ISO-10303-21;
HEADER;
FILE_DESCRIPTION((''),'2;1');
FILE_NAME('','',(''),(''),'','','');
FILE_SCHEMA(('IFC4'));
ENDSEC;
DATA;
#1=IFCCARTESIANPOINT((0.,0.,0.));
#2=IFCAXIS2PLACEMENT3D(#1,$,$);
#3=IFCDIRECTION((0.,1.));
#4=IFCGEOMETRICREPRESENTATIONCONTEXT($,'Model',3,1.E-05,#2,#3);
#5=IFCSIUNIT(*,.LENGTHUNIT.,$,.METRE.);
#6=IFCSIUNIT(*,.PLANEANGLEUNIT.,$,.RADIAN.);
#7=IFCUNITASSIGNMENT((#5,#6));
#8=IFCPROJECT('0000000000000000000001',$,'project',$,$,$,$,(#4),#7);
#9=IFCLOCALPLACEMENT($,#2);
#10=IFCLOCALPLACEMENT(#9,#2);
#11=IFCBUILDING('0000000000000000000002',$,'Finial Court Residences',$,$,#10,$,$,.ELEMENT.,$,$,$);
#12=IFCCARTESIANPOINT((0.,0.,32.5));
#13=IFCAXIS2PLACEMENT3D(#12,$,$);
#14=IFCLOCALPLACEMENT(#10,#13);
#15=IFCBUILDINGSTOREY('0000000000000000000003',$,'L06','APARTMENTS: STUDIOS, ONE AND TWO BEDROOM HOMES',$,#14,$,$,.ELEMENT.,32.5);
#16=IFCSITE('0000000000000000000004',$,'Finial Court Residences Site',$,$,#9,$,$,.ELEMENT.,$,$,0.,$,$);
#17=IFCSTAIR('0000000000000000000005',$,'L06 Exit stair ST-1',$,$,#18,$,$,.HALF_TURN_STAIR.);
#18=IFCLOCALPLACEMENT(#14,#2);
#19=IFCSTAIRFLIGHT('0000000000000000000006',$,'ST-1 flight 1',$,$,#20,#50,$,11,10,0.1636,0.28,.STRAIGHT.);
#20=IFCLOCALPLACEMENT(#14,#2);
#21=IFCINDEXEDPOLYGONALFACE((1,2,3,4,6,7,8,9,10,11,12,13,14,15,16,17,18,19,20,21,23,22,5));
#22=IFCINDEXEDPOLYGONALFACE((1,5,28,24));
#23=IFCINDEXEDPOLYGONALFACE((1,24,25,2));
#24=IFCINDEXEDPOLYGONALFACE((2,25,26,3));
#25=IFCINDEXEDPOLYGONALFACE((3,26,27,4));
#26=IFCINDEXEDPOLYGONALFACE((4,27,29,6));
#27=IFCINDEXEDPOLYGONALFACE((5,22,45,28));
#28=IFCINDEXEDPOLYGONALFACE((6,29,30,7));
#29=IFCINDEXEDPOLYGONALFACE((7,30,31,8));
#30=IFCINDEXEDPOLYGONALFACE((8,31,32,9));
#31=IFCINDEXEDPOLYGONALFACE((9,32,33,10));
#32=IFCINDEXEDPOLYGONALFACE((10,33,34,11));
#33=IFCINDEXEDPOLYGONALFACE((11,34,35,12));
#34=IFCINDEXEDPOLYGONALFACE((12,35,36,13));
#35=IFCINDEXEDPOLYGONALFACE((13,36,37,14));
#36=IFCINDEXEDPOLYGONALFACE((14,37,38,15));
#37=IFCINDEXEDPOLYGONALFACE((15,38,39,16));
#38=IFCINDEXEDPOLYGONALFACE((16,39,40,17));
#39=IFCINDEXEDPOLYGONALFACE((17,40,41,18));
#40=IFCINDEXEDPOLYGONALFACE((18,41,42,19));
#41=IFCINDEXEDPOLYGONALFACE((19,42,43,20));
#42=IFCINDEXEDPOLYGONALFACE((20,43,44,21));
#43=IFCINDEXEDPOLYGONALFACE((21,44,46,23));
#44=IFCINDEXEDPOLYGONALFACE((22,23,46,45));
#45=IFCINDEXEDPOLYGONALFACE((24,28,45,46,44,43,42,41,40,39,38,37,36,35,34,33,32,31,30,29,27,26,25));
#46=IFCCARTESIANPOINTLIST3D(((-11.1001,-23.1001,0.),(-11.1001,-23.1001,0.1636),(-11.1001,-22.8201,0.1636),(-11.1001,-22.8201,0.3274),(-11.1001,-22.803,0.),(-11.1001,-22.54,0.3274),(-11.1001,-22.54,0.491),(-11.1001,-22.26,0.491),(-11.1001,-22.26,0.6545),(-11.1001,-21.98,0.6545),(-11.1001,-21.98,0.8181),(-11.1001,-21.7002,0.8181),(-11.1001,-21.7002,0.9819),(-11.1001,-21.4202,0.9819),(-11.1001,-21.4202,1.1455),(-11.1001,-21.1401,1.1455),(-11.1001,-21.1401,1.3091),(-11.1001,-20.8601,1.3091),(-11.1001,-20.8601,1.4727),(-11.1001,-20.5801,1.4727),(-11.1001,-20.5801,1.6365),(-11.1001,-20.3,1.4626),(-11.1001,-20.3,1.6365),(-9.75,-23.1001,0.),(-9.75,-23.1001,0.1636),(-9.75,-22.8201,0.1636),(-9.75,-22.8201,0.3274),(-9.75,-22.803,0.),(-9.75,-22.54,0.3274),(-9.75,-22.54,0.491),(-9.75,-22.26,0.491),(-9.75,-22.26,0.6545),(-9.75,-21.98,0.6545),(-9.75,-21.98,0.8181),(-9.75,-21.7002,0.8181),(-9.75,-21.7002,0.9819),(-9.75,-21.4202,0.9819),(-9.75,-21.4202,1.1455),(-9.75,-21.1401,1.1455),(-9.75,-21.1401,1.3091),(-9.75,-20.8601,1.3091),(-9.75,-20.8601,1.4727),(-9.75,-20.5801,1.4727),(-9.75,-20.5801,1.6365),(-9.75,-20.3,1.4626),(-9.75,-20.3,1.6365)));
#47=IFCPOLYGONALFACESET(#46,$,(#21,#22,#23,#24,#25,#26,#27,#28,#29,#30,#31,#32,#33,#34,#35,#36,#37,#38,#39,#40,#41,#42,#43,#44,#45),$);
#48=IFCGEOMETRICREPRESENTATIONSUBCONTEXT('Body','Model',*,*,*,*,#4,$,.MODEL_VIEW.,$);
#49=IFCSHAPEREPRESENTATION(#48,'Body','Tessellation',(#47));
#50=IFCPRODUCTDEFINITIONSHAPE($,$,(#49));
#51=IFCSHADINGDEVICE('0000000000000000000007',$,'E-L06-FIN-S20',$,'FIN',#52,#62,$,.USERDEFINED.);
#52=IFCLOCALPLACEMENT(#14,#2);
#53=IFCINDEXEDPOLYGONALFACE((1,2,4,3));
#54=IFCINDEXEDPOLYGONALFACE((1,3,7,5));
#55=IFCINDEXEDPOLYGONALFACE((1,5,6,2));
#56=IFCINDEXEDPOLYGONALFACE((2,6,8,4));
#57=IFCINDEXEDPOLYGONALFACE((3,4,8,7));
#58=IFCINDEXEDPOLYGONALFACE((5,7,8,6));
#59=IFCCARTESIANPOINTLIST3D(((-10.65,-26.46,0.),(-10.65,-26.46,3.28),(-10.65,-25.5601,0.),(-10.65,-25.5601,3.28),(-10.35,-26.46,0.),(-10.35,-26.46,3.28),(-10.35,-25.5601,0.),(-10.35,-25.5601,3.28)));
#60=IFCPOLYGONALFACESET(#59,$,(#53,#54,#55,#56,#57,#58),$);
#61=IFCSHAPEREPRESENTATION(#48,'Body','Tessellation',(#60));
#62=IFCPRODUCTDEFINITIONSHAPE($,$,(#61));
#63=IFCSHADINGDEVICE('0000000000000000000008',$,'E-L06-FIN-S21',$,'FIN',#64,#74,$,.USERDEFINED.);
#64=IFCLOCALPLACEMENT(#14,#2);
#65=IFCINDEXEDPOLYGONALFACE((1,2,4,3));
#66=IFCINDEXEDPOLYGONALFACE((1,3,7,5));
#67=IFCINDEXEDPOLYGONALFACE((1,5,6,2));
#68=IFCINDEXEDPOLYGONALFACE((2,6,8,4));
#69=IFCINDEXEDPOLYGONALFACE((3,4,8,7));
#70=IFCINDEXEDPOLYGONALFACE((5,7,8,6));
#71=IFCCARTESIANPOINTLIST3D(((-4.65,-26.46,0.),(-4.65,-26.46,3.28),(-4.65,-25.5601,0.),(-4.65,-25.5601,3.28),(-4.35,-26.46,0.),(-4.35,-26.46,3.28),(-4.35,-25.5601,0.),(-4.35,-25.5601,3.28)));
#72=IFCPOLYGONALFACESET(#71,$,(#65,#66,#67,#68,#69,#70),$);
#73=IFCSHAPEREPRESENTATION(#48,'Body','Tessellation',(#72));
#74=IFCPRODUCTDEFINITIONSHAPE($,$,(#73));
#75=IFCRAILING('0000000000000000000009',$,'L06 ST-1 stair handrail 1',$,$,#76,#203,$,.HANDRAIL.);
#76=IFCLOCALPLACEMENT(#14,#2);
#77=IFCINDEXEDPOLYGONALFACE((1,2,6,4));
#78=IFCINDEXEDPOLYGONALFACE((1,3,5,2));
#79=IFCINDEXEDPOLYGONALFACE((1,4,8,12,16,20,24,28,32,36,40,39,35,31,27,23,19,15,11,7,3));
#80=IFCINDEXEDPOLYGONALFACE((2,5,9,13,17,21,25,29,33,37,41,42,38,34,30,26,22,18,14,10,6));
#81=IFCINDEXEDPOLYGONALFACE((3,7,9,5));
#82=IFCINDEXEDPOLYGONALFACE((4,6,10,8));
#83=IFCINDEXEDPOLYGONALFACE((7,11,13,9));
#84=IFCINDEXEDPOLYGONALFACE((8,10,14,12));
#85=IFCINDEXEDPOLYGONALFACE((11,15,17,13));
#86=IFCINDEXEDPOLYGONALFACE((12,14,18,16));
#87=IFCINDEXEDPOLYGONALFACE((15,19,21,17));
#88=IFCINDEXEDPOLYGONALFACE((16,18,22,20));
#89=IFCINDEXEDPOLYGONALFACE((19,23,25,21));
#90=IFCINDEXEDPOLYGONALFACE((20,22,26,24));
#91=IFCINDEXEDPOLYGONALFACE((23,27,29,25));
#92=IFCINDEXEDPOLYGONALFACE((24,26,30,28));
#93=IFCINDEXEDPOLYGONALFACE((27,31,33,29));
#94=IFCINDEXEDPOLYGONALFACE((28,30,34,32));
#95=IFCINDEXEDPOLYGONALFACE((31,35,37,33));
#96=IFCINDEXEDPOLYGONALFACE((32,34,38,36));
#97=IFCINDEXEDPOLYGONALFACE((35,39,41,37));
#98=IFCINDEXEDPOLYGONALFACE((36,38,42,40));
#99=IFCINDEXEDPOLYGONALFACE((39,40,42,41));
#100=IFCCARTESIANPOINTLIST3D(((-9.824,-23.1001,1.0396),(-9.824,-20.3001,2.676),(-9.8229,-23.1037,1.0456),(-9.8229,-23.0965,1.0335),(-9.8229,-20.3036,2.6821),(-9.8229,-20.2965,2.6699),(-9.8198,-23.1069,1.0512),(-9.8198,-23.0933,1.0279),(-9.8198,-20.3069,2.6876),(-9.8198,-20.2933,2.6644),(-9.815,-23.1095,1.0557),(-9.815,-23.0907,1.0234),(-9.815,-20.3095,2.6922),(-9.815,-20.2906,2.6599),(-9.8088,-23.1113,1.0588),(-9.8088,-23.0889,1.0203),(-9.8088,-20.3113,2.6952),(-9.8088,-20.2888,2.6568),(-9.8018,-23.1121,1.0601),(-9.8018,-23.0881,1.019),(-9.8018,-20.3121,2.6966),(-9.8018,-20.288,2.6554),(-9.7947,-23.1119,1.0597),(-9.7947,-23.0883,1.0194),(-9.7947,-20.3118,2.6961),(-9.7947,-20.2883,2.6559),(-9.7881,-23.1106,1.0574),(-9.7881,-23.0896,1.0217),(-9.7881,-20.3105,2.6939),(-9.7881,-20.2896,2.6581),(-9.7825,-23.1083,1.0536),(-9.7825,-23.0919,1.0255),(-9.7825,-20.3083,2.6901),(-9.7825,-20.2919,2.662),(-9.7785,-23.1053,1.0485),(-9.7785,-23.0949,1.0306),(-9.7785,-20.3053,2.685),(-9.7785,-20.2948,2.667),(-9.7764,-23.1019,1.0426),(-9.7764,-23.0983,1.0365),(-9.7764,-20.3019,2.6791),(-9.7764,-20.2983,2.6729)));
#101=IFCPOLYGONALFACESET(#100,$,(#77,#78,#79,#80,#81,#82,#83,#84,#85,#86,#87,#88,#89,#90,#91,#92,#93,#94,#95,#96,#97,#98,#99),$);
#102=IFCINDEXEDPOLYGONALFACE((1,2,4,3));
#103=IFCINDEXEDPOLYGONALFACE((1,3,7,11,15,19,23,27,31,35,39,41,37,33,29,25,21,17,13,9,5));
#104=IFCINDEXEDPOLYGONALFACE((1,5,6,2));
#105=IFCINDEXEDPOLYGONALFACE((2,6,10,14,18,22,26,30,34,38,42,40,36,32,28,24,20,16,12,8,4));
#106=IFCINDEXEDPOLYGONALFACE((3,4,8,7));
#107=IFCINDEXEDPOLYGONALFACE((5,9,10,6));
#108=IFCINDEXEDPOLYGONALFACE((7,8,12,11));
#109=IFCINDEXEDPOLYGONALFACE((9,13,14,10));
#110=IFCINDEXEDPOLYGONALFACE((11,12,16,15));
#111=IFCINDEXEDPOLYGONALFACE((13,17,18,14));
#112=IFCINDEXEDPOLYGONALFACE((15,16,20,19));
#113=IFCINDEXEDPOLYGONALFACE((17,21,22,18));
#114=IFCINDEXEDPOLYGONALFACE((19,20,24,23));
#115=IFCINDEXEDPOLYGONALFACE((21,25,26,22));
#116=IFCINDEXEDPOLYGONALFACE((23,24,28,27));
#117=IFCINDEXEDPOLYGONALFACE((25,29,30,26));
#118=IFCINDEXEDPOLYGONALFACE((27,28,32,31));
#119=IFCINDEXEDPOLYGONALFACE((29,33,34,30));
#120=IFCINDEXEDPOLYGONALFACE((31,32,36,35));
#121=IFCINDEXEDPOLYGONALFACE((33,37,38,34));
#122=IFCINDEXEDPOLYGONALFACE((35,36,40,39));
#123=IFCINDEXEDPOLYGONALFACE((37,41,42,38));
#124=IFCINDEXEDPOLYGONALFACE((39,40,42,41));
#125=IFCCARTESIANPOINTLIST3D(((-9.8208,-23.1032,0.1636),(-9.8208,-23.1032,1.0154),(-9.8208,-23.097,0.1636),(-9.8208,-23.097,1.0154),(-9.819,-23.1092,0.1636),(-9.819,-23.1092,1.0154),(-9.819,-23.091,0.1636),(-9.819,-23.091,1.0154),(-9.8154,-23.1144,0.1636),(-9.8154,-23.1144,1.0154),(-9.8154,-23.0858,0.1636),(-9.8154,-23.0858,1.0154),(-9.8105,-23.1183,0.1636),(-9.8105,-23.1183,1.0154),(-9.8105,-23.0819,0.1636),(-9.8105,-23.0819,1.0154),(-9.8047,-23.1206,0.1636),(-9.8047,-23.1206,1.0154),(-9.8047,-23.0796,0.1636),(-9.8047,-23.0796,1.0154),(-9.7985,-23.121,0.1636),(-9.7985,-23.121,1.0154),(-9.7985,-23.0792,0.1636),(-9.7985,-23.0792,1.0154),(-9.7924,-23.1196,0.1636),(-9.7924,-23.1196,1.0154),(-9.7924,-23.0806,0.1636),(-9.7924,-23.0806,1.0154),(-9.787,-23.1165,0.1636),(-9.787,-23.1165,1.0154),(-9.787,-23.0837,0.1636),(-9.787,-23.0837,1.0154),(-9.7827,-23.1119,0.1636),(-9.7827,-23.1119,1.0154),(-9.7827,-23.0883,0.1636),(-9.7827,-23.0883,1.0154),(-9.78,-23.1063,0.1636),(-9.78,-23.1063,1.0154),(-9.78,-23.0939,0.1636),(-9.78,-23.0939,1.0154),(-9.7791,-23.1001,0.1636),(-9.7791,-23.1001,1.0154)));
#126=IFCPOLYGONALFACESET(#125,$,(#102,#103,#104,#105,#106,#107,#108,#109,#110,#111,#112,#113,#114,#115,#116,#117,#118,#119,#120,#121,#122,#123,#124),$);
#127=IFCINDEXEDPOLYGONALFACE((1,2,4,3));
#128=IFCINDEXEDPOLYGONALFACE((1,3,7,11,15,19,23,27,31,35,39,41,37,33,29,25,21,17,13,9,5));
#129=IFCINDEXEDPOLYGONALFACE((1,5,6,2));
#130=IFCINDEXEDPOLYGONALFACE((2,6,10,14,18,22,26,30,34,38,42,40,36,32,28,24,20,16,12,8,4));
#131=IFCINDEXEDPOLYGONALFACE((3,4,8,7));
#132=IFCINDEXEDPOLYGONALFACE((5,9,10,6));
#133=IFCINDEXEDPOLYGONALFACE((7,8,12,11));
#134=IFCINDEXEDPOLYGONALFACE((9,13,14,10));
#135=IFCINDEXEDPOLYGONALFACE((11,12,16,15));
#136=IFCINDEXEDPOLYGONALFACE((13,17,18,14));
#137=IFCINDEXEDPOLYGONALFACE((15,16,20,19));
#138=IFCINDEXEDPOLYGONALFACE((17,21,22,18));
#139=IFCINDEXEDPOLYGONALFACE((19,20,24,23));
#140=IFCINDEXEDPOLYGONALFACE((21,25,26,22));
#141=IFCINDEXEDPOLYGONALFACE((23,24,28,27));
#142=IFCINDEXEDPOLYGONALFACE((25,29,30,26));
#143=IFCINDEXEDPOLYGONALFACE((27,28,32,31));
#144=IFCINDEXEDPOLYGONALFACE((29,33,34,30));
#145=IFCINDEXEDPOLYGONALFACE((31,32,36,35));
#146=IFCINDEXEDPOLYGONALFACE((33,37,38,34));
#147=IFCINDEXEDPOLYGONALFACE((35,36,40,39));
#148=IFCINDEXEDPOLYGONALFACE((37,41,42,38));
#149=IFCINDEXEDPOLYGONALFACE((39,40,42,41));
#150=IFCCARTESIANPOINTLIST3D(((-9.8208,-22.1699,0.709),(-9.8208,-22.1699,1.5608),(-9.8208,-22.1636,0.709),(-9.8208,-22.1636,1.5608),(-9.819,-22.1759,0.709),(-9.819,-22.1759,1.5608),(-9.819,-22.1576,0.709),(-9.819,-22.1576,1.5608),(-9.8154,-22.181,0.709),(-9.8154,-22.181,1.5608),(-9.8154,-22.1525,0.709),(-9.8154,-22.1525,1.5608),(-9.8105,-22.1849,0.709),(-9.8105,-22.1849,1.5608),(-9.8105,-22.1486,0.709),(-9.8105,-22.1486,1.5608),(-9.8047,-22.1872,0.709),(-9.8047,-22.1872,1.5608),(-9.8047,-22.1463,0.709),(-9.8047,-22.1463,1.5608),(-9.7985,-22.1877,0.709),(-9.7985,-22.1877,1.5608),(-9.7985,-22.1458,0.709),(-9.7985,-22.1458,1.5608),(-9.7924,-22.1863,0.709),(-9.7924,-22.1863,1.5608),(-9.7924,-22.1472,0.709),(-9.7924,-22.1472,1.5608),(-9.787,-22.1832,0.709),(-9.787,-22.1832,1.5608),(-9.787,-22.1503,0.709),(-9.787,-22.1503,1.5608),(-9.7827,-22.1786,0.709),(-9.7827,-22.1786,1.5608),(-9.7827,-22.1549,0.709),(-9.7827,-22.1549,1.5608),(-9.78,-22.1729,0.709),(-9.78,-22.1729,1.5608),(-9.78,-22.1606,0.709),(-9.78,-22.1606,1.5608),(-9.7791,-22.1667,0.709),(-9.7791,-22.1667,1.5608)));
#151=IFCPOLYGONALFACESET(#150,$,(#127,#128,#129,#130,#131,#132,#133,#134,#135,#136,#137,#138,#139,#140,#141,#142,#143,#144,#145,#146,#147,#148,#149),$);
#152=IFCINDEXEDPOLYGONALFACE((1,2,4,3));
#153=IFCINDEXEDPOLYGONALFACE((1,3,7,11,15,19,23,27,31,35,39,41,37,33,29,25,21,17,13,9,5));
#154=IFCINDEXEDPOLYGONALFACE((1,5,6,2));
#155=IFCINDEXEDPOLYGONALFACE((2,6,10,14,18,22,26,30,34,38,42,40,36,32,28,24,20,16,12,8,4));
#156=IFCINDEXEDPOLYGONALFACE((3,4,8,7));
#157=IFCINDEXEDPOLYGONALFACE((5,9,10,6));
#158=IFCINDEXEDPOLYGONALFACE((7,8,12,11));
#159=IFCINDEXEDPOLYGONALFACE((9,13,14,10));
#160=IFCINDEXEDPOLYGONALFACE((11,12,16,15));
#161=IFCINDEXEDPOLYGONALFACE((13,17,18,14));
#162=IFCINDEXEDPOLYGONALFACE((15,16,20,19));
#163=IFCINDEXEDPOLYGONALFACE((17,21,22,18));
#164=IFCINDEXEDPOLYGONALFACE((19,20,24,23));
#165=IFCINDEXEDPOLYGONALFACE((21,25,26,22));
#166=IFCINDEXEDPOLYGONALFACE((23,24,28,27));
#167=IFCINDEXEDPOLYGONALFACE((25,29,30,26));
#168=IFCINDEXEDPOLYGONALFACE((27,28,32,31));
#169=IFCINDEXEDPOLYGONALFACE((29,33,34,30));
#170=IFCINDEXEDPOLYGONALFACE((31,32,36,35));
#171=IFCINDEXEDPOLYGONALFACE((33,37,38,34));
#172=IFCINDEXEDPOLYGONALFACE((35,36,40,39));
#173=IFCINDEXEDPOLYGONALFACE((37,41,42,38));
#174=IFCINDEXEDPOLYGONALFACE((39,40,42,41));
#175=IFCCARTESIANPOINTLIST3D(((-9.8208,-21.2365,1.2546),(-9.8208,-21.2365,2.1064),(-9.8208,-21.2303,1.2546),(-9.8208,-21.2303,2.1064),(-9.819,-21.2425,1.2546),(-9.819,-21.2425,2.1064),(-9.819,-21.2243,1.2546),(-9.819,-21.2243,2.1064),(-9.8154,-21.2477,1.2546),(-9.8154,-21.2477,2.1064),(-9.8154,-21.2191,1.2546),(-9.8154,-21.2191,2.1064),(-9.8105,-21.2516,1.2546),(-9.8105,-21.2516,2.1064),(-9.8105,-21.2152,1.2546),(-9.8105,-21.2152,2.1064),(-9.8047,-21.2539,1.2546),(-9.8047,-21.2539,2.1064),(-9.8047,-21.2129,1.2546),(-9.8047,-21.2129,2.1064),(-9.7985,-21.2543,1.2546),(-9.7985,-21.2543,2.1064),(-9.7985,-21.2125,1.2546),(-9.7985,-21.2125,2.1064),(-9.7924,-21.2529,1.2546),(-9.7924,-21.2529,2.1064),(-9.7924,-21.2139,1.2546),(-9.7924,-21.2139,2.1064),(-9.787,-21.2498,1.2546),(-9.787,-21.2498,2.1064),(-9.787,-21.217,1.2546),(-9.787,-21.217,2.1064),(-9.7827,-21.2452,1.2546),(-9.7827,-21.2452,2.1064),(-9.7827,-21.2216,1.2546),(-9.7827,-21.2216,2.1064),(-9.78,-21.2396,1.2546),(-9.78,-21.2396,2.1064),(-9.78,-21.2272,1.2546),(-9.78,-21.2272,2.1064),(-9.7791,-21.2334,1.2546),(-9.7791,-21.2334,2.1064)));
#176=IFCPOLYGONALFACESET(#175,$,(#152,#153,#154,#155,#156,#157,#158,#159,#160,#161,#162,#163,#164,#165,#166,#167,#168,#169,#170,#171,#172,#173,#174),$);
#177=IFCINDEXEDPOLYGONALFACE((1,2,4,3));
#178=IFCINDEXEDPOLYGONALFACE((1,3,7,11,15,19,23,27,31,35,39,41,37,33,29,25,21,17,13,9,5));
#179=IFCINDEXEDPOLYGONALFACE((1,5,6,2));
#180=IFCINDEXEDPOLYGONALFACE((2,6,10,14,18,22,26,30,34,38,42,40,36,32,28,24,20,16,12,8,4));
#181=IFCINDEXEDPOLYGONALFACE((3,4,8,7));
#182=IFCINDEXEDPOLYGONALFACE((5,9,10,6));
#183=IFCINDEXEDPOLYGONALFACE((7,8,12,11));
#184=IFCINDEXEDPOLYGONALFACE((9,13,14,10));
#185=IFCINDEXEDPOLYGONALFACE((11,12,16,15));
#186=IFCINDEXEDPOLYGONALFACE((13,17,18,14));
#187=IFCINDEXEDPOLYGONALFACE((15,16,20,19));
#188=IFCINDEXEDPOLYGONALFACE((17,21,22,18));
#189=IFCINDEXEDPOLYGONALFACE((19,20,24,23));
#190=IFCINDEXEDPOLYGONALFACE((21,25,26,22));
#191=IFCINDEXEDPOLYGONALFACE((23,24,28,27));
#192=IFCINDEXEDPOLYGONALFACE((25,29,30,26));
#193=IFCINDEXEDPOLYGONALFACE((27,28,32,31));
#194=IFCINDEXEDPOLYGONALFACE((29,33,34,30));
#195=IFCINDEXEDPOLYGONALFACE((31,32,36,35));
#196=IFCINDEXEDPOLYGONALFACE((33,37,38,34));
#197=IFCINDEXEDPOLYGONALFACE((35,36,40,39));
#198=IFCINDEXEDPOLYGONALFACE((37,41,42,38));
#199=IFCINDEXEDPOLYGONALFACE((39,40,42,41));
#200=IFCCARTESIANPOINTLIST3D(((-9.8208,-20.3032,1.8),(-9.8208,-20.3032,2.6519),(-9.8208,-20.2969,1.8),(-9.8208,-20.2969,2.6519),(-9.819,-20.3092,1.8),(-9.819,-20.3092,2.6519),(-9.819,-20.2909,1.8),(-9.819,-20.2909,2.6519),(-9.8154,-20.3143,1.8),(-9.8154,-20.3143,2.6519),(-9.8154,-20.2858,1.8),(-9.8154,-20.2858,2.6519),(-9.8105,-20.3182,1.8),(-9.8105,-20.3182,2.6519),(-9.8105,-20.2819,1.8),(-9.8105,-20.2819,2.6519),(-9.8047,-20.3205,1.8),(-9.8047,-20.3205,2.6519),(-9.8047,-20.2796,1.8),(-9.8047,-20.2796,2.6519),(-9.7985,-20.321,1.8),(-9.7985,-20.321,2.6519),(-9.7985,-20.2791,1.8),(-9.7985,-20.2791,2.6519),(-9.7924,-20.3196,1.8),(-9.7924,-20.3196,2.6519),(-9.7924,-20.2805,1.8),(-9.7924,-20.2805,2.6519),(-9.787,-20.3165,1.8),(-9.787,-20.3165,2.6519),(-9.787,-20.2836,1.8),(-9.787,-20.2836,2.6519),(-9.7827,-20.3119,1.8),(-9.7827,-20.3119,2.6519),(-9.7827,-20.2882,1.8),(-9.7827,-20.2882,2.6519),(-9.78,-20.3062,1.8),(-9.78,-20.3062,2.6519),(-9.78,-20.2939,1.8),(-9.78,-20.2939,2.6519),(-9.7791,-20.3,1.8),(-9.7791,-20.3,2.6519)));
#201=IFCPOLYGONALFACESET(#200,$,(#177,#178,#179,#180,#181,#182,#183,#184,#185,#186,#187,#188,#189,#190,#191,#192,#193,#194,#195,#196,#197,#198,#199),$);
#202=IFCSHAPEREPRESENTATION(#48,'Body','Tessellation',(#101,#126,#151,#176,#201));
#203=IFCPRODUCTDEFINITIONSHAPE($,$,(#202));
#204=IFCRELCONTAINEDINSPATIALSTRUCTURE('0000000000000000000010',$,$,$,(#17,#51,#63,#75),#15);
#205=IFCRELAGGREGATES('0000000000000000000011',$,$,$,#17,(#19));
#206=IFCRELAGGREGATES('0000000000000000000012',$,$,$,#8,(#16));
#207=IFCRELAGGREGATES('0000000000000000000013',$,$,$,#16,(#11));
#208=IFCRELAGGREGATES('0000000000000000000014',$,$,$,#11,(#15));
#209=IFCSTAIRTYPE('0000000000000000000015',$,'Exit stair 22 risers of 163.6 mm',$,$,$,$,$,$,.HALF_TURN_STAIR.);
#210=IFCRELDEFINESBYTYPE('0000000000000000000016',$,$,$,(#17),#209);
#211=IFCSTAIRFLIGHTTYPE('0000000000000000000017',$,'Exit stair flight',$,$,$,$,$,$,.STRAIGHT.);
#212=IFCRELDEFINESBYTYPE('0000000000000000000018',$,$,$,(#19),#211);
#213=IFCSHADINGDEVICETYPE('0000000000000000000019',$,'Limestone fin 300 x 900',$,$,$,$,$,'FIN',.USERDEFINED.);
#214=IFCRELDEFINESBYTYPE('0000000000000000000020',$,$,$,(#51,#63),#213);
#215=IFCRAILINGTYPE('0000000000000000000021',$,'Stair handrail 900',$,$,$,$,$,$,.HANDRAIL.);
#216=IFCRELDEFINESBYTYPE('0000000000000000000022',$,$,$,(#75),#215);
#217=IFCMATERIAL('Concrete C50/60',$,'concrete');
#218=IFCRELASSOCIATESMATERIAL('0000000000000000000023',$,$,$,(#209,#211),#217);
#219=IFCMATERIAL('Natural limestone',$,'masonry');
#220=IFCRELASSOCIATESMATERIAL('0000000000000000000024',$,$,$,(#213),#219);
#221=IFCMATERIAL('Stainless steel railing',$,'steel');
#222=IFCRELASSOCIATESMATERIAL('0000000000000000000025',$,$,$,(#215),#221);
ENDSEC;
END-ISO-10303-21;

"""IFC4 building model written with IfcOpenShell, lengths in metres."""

from ifc_helpers import new_model, si_unit, direction, frame, origin, origin_2d, place, context, subcontext, project, spatial, polyline, rectangle, circle, outline, extrude, material, type_object, element, aggregate, save


model = new_model("IFC4")

# Units and contexts
model_context = context("Model", 3, precision=1e-05, world=origin(), true_north=direction((0.0, 1.0)))
body_context = subcontext(model_context, "Body", "Model", "MODEL_VIEW")
ifc_project = project(units=[si_unit("LENGTHUNIT", "METRE"), si_unit("PLANEANGLEUNIT", "RADIAN")], contexts=[model_context])

# Site, building, storey
site_placement = place(None, origin())
site = spatial("IfcSite", under=ifc_project, at=site_placement, Name="Finial Court Residences Site", CompositionType="ELEMENT", RefElevation=0.0)
building_placement = place(site_placement, origin())
building = spatial("IfcBuilding", under=site, at=building_placement, Name="Finial Court Residences", CompositionType="ELEMENT")
storey_placement = place(building_placement, frame((0.0, 0.0, 32.5)))
storey = spatial("IfcBuildingStorey", under=building, at=storey_placement, Name="L06", Description="APARTMENTS: STUDIOS, ONE AND TWO BEDROOM HOMES", CompositionType="ELEMENT", Elevation=32.5)

# Stair, stair flight
ifc_material_1 = material(Name="Concrete C50/60", Category="concrete")
stair_type = type_object("IfcStairType", Name="Exit stair 22 risers of 163.6 mm", PredefinedType="HALF_TURN_STAIR", material=ifc_material_1)
stair_placement = place(storey_placement, origin())
stair = element("IfcStair", 1, at=stair_placement, inside=storey, type_object=stair_type, Name="L06 Exit stair ST-1", PredefinedType="HALF_TURN_STAIR")
stair_flight_type = type_object("IfcStairFlightType", Name="Exit stair flight", PredefinedType="STRAIGHT", material=ifc_material_1)
stair_flight_placement = place(storey_placement, frame((-10.425, -23.1001, 0.0), z_axis=(0.0, 0.0, 1.0), x_axis=(0.0, 1.0, 0.0)))
stair_flight = element("IfcStairFlight", 2, at=stair_flight_placement, type_object=stair_flight_type, Name="ST-1 flight 1", NumberOfRisers=11, NumberOfTreads=10, PredefinedType="STRAIGHT", RiserHeight=0.1636, TreadLength=0.28, context=body_context, shape_type="SweptSolid", body=[
    extrude(outline(polyline([(0.0, 0.0), (0.0, 0.1636), (0.28, 0.1636), (0.28, 0.3274), (0.5601, 0.3274), (0.5601, 0.491), (0.8401, 0.491), (0.8401, 0.6545), (1.1201, 0.6545), (1.1201, 0.8181), (1.3999, 0.8181), (1.3999, 0.9819), (1.6799, 0.9819), (1.6799, 1.1455), (1.96, 1.1455), (1.96, 1.3091), (2.24, 1.3091), (2.24, 1.4727), (2.52, 1.4727), (2.52, 1.6365), (2.8, 1.6365), (2.8, 1.8), (2.8, 1.4626), (0.2971, 0.0), (0.0, 0.0)])), frame((0.0, 0.675, 0.0), z_axis=(0.0, -1.0, 0.0), x_axis=(1.0, 0.0, 0.0)), (0.0, 0.0, 1.0), 1.3501),
])
aggregate(stair, [stair_flight])

# Shading devices
ifc_material_2 = material(Name="Natural limestone", Category="masonry")
shading_device_type = type_object("IfcShadingDeviceType", Name="Limestone fin 300 x 900", ElementType="FIN", PredefinedType="USERDEFINED", material=ifc_material_2)
for number, where, z_axis, x_axis, name in (
    (3, (-10.5, -26.01, 0.0), (0.0, 0.0, 1.0), (1.0, 0.0, 0.0), "E-L06-FIN-S20"),
    (4, (-4.5, -26.01, 0.0), (0.0, 0.0, 1.0), (1.0, 0.0, 0.0), "E-L06-FIN-S21"),
):
    element("IfcShadingDevice", number, at=place(storey_placement, frame(where, z_axis=z_axis, x_axis=x_axis)), inside=storey, type_object=shading_device_type, Name=name, ObjectType="FIN", PredefinedType="USERDEFINED", context=body_context, shape_type="SweptSolid", body=[
        extrude(rectangle(XDim=0.3, YDim=0.8999, at=origin_2d()), origin(), (0.0, 0.0, 1.0), 3.28),
    ])

# Railing
ifc_material_3 = material(Name="Stainless steel railing", Category="steel")
railing_type = type_object("IfcRailingType", Name="Stair handrail 900", PredefinedType="HANDRAIL", material=ifc_material_3)
railing_placement = place(storey_placement, frame((-9.8, -23.1001, 0.1636)))
element("IfcRailing", 5, at=railing_placement, inside=storey, type_object=railing_type, Name="L06 ST-1 stair handrail 1", PredefinedType="HANDRAIL", context=body_context, shape_type="SweptSolid", body=[
    extrude(circle(Radius=0.0239, at=origin_2d()), frame((0.0, 0.0, 0.876), z_axis=(0.0, 0.863361, 0.504587), x_axis=(-1.0, 0.0, 0.0)), (0.0, 0.0, 1.0), 3.2432),
    extrude(circle(Radius=0.021, at=origin_2d()), origin(), (0.0, 0.0, 1.0), 0.8518),
    extrude(circle(Radius=0.021, at=origin_2d()), frame((0.0, 0.9333, 0.5454)), (0.0, 0.0, 1.0), 0.8518),
    extrude(circle(Radius=0.021, at=origin_2d()), frame((0.0, 1.8667, 1.0911)), (0.0, 0.0, 1.0), 0.8518),
    extrude(circle(Radius=0.021, at=origin_2d()), frame((0.0, 2.8, 1.6365)), (0.0, 0.0, 1.0), 0.8518),
])

save(model, "model.ifc")
